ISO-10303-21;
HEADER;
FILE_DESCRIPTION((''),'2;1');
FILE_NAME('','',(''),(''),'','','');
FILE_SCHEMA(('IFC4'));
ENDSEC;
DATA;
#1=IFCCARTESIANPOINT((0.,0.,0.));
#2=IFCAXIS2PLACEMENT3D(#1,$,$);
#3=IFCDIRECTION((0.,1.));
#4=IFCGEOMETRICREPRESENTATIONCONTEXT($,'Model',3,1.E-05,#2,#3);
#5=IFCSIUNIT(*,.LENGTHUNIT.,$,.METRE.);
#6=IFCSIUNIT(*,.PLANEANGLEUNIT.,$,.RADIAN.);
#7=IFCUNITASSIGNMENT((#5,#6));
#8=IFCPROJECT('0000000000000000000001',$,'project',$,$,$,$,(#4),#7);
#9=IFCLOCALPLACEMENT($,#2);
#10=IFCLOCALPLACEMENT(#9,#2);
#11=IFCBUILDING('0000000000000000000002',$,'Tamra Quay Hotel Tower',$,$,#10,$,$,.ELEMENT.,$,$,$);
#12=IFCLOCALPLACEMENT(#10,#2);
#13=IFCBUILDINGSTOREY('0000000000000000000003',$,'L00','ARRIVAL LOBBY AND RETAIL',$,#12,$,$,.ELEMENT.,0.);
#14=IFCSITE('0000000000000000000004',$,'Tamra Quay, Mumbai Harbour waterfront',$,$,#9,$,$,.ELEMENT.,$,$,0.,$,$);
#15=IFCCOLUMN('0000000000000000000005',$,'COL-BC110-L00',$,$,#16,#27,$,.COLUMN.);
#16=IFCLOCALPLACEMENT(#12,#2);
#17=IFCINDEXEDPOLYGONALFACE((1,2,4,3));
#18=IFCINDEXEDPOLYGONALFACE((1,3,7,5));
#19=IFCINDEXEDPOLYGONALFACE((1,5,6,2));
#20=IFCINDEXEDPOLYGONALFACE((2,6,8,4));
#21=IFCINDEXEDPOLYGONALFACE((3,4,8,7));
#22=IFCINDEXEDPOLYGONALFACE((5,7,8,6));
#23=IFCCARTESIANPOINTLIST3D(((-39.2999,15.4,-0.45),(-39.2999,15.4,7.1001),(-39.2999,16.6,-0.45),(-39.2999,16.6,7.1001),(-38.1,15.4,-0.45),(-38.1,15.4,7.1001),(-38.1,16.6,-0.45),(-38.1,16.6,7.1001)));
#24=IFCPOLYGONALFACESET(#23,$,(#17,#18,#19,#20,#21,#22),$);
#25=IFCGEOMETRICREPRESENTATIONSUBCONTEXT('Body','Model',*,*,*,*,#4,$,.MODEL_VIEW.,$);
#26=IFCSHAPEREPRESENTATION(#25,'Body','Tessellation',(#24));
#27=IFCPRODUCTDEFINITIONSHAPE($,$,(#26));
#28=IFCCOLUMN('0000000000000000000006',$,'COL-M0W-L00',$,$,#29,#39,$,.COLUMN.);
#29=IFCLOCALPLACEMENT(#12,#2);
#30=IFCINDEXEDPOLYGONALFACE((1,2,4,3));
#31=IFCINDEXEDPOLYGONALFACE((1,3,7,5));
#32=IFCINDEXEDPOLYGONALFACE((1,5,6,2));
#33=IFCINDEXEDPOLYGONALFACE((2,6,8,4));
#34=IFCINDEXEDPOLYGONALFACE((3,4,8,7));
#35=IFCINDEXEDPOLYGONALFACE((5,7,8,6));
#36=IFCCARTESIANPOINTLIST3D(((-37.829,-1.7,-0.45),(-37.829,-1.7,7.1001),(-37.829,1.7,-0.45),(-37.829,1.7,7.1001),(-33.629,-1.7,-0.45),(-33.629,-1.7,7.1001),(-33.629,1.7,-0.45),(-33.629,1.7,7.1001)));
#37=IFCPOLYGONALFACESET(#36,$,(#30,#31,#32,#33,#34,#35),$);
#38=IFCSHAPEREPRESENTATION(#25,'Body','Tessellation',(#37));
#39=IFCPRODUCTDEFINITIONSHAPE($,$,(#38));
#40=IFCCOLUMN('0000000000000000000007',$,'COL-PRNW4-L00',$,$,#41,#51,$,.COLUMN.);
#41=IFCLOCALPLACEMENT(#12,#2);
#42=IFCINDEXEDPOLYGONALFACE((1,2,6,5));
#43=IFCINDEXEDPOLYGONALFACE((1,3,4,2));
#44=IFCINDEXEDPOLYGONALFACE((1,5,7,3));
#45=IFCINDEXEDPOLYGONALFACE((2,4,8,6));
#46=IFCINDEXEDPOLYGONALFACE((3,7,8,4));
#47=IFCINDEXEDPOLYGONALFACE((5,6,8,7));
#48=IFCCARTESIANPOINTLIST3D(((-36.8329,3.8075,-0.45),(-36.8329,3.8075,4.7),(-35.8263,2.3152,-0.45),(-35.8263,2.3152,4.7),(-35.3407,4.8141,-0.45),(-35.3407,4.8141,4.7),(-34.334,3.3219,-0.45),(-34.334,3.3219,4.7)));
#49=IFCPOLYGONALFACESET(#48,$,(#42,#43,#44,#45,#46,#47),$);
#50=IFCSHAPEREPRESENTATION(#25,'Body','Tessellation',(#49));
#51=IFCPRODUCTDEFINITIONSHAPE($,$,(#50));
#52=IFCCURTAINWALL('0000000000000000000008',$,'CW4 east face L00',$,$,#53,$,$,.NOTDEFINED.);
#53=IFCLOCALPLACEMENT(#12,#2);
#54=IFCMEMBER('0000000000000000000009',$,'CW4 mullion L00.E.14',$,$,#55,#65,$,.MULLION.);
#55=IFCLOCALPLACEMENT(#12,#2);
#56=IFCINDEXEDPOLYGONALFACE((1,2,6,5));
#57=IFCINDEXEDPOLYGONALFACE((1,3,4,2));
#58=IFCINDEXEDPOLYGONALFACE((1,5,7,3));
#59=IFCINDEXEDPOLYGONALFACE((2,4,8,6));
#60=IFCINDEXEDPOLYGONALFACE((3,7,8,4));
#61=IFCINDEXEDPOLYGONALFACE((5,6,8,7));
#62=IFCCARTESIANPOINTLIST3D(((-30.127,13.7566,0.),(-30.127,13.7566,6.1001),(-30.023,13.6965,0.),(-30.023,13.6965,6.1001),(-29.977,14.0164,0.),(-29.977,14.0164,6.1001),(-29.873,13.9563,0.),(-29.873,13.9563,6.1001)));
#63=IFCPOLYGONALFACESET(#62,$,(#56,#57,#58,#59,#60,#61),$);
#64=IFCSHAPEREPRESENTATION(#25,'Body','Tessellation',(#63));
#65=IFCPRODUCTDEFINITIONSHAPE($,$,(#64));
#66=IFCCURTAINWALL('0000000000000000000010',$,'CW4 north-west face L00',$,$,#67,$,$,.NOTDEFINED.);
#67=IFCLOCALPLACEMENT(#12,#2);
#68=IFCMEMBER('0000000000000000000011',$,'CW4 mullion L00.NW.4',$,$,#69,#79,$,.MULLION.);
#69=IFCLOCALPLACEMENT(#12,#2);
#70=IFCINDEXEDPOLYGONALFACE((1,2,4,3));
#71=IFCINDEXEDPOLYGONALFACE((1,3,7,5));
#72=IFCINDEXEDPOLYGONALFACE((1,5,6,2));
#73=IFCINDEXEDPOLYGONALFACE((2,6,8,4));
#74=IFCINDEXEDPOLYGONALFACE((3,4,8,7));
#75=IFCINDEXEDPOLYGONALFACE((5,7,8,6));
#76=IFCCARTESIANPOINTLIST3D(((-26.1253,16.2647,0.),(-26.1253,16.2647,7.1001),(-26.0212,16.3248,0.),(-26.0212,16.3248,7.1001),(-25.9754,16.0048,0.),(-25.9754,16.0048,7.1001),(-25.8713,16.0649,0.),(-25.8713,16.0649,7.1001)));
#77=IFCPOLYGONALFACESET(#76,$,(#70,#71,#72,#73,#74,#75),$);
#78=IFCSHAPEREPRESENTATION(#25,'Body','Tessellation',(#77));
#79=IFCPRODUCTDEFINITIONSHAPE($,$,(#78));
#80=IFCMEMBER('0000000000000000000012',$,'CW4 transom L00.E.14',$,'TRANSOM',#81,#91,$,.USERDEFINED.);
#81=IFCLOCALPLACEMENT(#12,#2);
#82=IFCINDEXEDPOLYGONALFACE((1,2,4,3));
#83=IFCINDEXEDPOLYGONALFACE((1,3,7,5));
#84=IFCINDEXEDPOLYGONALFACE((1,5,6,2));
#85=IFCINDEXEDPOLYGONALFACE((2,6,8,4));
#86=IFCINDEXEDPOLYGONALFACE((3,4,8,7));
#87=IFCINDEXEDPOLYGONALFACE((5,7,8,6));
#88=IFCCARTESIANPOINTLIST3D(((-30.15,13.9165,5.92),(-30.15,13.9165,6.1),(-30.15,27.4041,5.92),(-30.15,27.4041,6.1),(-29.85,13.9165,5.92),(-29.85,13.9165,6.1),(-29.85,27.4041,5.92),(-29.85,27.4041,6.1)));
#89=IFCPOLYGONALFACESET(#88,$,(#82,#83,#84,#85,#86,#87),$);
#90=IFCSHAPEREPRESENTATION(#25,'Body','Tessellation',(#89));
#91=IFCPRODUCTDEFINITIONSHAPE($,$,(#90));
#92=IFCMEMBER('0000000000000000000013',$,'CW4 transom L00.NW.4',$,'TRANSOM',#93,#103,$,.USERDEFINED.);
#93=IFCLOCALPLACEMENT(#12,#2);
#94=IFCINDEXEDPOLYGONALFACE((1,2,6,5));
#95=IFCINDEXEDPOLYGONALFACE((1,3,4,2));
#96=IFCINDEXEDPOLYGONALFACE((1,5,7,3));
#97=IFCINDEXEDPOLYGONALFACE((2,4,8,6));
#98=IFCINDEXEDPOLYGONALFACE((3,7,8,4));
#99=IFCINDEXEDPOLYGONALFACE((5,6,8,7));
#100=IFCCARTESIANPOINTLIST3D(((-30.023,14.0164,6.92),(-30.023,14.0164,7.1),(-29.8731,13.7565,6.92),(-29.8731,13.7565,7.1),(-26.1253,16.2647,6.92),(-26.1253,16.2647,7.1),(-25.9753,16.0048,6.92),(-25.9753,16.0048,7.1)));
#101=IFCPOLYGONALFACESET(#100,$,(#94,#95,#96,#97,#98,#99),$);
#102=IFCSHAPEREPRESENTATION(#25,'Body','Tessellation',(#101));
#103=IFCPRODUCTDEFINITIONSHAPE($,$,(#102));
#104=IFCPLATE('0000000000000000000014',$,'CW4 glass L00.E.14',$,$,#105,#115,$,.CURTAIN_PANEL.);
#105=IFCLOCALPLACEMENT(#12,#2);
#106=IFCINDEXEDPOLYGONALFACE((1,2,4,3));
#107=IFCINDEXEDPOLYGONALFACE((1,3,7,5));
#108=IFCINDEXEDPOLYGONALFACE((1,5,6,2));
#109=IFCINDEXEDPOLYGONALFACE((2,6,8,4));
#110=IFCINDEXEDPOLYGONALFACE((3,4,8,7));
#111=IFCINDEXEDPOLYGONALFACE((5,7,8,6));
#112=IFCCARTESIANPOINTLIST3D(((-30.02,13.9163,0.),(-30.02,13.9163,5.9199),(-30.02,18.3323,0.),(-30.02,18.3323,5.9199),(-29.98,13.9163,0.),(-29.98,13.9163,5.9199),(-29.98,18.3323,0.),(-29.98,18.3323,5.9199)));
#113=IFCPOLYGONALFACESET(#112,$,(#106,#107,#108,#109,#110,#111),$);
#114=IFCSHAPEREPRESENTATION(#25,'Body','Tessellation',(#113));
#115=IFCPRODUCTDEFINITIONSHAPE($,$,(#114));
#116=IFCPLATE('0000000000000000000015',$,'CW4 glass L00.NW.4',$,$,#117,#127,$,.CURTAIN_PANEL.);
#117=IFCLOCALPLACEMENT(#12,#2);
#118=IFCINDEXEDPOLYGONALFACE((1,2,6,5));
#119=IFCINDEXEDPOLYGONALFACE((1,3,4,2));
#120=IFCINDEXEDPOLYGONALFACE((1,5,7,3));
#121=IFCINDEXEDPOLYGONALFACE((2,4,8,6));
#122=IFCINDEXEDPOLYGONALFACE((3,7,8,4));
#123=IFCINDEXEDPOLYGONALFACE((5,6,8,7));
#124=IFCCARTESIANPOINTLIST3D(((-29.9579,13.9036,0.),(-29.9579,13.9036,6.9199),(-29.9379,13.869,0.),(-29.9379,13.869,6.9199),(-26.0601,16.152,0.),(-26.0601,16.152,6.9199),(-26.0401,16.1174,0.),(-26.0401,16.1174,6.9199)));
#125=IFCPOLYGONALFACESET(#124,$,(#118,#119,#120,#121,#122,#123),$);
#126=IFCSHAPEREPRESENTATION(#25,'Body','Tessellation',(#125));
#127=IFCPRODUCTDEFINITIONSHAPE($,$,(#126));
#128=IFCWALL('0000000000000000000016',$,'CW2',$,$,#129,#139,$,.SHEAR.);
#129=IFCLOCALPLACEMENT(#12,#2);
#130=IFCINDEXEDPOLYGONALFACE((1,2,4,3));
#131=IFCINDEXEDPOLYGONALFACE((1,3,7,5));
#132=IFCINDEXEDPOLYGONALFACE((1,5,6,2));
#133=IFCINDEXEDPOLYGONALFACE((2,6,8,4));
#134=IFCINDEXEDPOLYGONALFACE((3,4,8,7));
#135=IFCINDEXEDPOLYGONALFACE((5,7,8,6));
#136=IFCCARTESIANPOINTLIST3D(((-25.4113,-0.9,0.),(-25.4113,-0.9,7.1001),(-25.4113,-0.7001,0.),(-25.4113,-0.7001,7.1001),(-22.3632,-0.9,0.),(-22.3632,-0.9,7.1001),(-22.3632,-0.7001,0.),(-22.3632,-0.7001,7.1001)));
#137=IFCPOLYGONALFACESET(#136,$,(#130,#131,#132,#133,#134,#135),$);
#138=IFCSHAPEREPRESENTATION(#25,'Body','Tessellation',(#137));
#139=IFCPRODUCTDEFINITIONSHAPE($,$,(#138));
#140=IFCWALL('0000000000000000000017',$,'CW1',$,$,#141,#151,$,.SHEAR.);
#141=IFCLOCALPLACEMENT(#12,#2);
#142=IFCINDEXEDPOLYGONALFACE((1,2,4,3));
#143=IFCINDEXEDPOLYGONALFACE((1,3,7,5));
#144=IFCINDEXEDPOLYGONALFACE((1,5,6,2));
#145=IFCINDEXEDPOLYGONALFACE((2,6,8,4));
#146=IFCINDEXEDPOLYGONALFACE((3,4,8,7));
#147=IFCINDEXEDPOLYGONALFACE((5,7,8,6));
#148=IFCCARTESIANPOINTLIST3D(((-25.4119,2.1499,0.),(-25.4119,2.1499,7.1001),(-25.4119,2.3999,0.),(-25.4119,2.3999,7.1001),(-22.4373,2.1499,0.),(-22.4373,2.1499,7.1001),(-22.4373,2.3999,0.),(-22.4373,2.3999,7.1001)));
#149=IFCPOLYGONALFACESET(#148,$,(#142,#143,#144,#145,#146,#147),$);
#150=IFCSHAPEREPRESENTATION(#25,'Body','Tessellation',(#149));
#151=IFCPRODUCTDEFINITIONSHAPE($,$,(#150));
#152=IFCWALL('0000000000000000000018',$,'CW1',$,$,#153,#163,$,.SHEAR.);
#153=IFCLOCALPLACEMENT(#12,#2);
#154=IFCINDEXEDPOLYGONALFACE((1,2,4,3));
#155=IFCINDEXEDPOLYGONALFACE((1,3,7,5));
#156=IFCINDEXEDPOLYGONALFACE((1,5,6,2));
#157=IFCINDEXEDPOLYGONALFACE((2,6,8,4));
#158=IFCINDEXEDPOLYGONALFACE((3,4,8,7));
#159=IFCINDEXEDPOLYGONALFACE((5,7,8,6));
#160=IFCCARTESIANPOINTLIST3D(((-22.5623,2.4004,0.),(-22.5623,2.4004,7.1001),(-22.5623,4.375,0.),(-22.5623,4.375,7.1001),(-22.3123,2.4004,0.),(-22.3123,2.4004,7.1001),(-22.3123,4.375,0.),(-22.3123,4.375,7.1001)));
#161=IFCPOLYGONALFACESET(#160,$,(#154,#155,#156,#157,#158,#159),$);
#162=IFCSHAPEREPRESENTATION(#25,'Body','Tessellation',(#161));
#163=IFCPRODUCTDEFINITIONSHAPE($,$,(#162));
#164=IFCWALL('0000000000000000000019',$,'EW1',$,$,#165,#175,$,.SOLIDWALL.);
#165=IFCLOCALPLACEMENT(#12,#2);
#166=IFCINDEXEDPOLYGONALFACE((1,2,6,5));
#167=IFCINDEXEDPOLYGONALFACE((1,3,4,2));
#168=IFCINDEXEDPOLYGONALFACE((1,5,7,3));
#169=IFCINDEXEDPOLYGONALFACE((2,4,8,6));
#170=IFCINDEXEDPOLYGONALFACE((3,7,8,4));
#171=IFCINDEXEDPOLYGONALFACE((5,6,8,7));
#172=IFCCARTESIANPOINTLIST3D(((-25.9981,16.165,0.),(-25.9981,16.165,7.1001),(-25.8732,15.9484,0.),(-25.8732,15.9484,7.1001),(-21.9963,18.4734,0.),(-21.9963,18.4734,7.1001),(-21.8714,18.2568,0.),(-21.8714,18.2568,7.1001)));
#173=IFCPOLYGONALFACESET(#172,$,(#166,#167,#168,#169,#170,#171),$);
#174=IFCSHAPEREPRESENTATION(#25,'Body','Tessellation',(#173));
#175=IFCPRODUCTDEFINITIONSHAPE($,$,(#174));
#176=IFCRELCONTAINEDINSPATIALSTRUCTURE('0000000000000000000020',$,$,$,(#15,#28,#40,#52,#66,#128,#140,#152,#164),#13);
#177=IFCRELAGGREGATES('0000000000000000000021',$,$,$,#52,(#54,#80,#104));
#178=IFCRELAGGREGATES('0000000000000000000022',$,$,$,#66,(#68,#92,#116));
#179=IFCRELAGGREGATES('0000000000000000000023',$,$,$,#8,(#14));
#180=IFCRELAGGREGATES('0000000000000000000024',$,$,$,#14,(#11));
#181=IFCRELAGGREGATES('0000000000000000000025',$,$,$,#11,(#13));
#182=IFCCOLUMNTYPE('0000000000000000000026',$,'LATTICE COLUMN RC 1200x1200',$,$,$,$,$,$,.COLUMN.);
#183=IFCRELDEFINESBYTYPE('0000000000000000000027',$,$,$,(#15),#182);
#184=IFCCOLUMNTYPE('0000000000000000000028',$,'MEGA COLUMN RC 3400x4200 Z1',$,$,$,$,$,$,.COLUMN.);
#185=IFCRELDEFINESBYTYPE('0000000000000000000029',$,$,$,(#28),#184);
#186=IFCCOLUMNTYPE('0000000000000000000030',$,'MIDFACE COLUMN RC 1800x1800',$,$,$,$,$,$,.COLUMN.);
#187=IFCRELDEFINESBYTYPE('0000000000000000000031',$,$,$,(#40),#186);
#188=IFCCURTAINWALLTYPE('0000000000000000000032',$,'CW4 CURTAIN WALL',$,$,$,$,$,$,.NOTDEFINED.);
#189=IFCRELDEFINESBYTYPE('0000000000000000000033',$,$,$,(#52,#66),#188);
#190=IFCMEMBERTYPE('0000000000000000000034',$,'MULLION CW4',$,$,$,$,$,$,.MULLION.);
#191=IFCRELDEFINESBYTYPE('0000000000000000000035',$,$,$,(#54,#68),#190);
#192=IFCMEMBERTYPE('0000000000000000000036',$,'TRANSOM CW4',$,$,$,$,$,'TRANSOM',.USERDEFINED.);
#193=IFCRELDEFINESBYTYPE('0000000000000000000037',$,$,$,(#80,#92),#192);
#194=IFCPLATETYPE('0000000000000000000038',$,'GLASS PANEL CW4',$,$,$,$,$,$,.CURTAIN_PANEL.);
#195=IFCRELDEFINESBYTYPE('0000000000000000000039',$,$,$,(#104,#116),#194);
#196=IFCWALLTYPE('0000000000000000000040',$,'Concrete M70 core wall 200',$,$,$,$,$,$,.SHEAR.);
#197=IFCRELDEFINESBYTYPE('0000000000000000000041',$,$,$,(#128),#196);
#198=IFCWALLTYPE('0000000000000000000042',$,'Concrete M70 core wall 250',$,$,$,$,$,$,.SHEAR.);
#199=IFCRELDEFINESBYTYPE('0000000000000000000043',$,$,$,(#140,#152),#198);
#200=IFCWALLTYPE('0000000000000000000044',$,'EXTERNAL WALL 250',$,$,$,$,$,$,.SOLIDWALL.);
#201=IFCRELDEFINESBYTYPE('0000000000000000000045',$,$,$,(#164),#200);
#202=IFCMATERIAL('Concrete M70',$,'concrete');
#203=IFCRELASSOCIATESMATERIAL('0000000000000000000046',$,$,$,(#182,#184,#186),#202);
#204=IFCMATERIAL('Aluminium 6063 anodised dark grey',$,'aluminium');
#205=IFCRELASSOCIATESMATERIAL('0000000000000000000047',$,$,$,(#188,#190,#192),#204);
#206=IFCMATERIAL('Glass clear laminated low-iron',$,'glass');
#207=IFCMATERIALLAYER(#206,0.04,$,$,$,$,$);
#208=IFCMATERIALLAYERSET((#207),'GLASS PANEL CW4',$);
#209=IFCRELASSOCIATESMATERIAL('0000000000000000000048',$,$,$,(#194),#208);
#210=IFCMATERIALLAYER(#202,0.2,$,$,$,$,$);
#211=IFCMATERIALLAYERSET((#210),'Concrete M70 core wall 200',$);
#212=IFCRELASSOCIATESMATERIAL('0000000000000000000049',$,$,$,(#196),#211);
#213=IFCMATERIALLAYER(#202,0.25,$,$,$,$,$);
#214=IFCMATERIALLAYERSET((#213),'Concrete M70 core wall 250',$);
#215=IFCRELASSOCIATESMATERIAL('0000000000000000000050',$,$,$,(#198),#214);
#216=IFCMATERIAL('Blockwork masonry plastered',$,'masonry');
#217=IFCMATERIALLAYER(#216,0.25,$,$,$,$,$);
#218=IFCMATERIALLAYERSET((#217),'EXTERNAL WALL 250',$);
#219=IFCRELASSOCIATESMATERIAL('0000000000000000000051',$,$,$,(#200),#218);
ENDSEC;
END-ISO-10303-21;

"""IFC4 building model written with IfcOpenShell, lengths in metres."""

from ifc_helpers import new_model, si_unit, direction, frame, frame_2d, origin, origin_2d, place, context, subcontext, project, spatial, rectangle, extrude, material, layer, layer_set, material_profile, profile_set, type_object, element, aggregate, save


model = new_model("IFC4")

# Units and contexts
model_context = context("Model", 3, precision=1e-05, world=origin(), true_north=direction((0.0, 1.0)))
body_context = subcontext(model_context, "Body", "Model", "MODEL_VIEW")
ifc_project = project(units=[si_unit("LENGTHUNIT", "METRE"), si_unit("PLANEANGLEUNIT", "RADIAN")], contexts=[model_context])

# Site, building, storey
site_placement = place(None, origin())
site = spatial("IfcSite", under=ifc_project, at=site_placement, Name="Tamra Quay, Mumbai Harbour waterfront", CompositionType="ELEMENT", RefElevation=0.0)
building_placement = place(site_placement, origin())
building = spatial("IfcBuilding", under=site, at=building_placement, Name="Tamra Quay Hotel Tower", CompositionType="ELEMENT")
storey_placement = place(building_placement, origin())
storey = spatial("IfcBuildingStorey", under=building, at=storey_placement, Name="L00", Description="ARRIVAL LOBBY AND RETAIL", CompositionType="ELEMENT", Elevation=0.0)

# Columns
ifc_material_1 = material(Name="Concrete M70", Category="concrete")
ifc_material_profile_1 = material_profile(ifc_material_1, rectangle(XDim=1.2, YDim=1.2, at=origin_2d()), Name="LATTICE COLUMN RC 1200x1200")
ifc_profile_set_1 = profile_set([ifc_material_profile_1], Name="Concrete M70")
column_type_1 = type_object("IfcColumnType", Name="LATTICE COLUMN RC 1200x1200", PredefinedType="COLUMN", material=ifc_profile_set_1)
column_1_placement = place(storey_placement, frame((-38.7, 16.0, -0.45), z_axis=(0.0, 0.0, 1.0), x_axis=(1.0, 0.0, 0.0)))
element("IfcColumn", 1, at=column_1_placement, inside=storey, type_object=column_type_1, Name="COL-BC110-L00", PredefinedType="COLUMN", context=body_context, shape_type="SweptSolid", body=[
    extrude(rectangle(XDim=1.2, YDim=1.2, at=origin_2d()), origin(), (0.0, 0.0, 1.0), 7.55),
])
ifc_material_profile_2 = material_profile(ifc_material_1, rectangle(XDim=4.2, YDim=3.3999, at=origin_2d()), Name="MEGA COLUMN RC 3400x4200 Z1")
ifc_profile_set_2 = profile_set([ifc_material_profile_2], Name="Concrete M70")
column_type_2 = type_object("IfcColumnType", Name="MEGA COLUMN RC 3400x4200 Z1", PredefinedType="COLUMN", material=ifc_profile_set_2)
column_2_placement = place(storey_placement, frame((-35.729, 0.0, -0.45), z_axis=(0.0, 0.0, 1.0), x_axis=(1.0, 0.0, 0.0)))
element("IfcColumn", 2, at=column_2_placement, inside=storey, type_object=column_type_2, Name="COL-M0W-L00", PredefinedType="COLUMN", context=body_context, shape_type="SweptSolid", body=[
    extrude(rectangle(XDim=4.2, YDim=3.3999, at=origin_2d()), origin(), (0.0, 0.0, 1.0), 7.55),
])
ifc_material_profile_3 = material_profile(ifc_material_1, rectangle(XDim=1.8, YDim=1.8, at=origin_2d()), Name="MIDFACE COLUMN RC 1800x1800")
ifc_profile_set_3 = profile_set([ifc_material_profile_3], Name="Concrete M70")
column_type_3 = type_object("IfcColumnType", Name="MIDFACE COLUMN RC 1800x1800", PredefinedType="COLUMN", material=ifc_profile_set_3)
column_3_placement = place(storey_placement, frame((-35.5835, 3.5647, -0.45), z_axis=(0.0, 0.0, 1.0), x_axis=(-0.55922, 0.829019, 0.0)))
element("IfcColumn", 3, at=column_3_placement, inside=storey, type_object=column_type_3, Name="COL-PRNW4-L00", PredefinedType="COLUMN", context=body_context, shape_type="SweptSolid", body=[
    extrude(rectangle(XDim=1.8, YDim=1.8, at=origin_2d()), origin(), (0.0, 0.0, 1.0), 5.1499),
])

# Curtain walls, members
ifc_material_2 = material(Name="Aluminium 6063 anodised dark grey", Category="aluminium")
curtain_wall_type = type_object("IfcCurtainWallType", Name="CW4 CURTAIN WALL", PredefinedType="NOTDEFINED", material=ifc_material_2)
curtain_wall_1_placement = place(storey_placement, origin())
curtain_wall_1 = element("IfcCurtainWall", 4, at=curtain_wall_1_placement, inside=storey, type_object=curtain_wall_type, Name="CW4 east face L00", PredefinedType="NOTDEFINED")
ifc_material_profile_4 = material_profile(ifc_material_2, rectangle(XDim=0.3, YDim=0.1201, at=origin_2d()), Name="MULLION 120X300")
ifc_profile_set_4 = profile_set([ifc_material_profile_4], Name="Aluminium 6063 anodised dark grey")
member_type_1 = type_object("IfcMemberType", Name="MULLION CW4", PredefinedType="MULLION", material=ifc_profile_set_4)
member_1_placement = place(storey_placement, frame((-30.0, 13.8564, 0.0), z_axis=(0.0, 0.0, 1.0), x_axis=(0.500164, 0.865931, 0.0)))
member_1 = element("IfcMember", 5, at=member_1_placement, type_object=member_type_1, Name="CW4 mullion L00.E.14", PredefinedType="MULLION", context=body_context, shape_type="SweptSolid", body=[
    extrude(rectangle(XDim=0.3, YDim=0.1201, at=origin_2d()), origin(), (0.0, 0.0, 1.0), 6.1001),
])
curtain_wall_2_placement = place(storey_placement, origin())
curtain_wall_2 = element("IfcCurtainWall", 6, at=curtain_wall_2_placement, inside=storey, type_object=curtain_wall_type, Name="CW4 north-west face L00", PredefinedType="NOTDEFINED")
member_2_placement = place(storey_placement, frame((-25.9983, 16.1648, 0.0), z_axis=(0.0, 0.0, 1.0), x_axis=(-0.499672, 0.866215, 0.0)))
member_2 = element("IfcMember", 7, at=member_2_placement, type_object=member_type_1, Name="CW4 mullion L00.NW.4", PredefinedType="MULLION", context=body_context, shape_type="SweptSolid", body=[
    extrude(rectangle(XDim=0.3, YDim=0.1201, at=origin_2d()), origin(), (0.0, 0.0, 1.0), 7.1001),
])

# Members
ifc_material_profile_5 = material_profile(ifc_material_2, rectangle(XDim=0.3, YDim=0.1799, at=origin_2d()), Name="TRANSOM 300X180")
ifc_profile_set_5 = profile_set([ifc_material_profile_5], Name="Aluminium 6063 anodised dark grey")
member_type_2 = type_object("IfcMemberType", Name="TRANSOM CW4", ElementType="TRANSOM", PredefinedType="USERDEFINED", material=ifc_profile_set_5)
member_3_placement = place(storey_placement, frame((-30.0, 13.9165, 6.01), z_axis=(0.0, 1.0, 0.0), x_axis=(-1.0, 0.0, 0.0)))
member_3 = element("IfcMember", 8, at=member_3_placement, type_object=member_type_2, Name="CW4 transom L00.E.14", ObjectType="TRANSOM", PredefinedType="USERDEFINED", context=body_context, shape_type="SweptSolid", body=[
    extrude(rectangle(XDim=0.3, YDim=0.1799, at=origin_2d()), origin(), (0.0, 0.0, 1.0), 13.4875),
])
member_4_placement = place(storey_placement, frame((-26.0503, 16.1348, 7.01), z_axis=(-0.866223, -0.499658, 0.0), x_axis=(0.499658, -0.866223, 0.0)))
member_4 = element("IfcMember", 9, at=member_4_placement, type_object=member_type_2, Name="CW4 transom L00.NW.4", ObjectType="TRANSOM", PredefinedType="USERDEFINED", context=body_context, shape_type="SweptSolid", body=[
    extrude(rectangle(XDim=0.3, YDim=0.1799, at=origin_2d()), origin(), (0.0, 0.0, 1.0), 4.4998),
])

# Plates
ifc_material_3 = material(Name="Glass clear laminated low-iron", Category="glass")
ifc_layer_1 = layer(ifc_material_3, 0.04)
ifc_layer_set_1 = layer_set([ifc_layer_1], Name="GLASS PANEL CW4")
plate_type = type_object("IfcPlateType", Name="GLASS PANEL CW4", PredefinedType="CURTAIN_PANEL", material=ifc_layer_set_1)
plate_1_placement = place(storey_placement, frame((-30.0, 16.1243, 0.0), z_axis=(0.0, 0.0, 1.0), x_axis=(0.0, 1.0, 0.0)))
plate_1 = element("IfcPlate", 10, at=plate_1_placement, type_object=plate_type, Name="CW4 glass L00.E.14", PredefinedType="CURTAIN_PANEL", context=body_context, shape_type="SweptSolid", body=[
    extrude(rectangle(XDim=4.416, YDim=0.04, at=origin_2d()), origin(), (0.0, 0.0, 1.0), 5.9199),
])
aggregate(curtain_wall_1, [member_1, member_3, plate_1])
plate_2_placement = place(storey_placement, frame((-27.999, 15.0105, 0.0), z_axis=(0.0, 0.0, 1.0), x_axis=(-0.866215, -0.499672, 0.0)))
plate_2 = element("IfcPlate", 11, at=plate_2_placement, type_object=plate_type, Name="CW4 glass L00.NW.4", PredefinedType="CURTAIN_PANEL", context=body_context, shape_type="SweptSolid", body=[
    extrude(rectangle(XDim=4.4998, YDim=0.04, at=origin_2d()), origin(), (0.0, 0.0, 1.0), 6.9199),
])
aggregate(curtain_wall_2, [member_2, member_4, plate_2])

# Walls
ifc_layer_2 = layer(ifc_material_1, 0.2)
ifc_layer_set_2 = layer_set([ifc_layer_2], Name="Concrete M70 core wall 200")
wall_type_1 = type_object("IfcWallType", Name="Concrete M70 core wall 200", PredefinedType="SHEAR", material=ifc_layer_set_2)
wall_1_placement = place(storey_placement, frame((-22.3633, -0.8, 0.0), z_axis=(0.0, 0.0, 1.0), x_axis=(-1.0, 0.0, 0.0)))
element("IfcWall", 12, at=wall_1_placement, inside=storey, type_object=wall_type_1, Name="CW2", PredefinedType="SHEAR", context=body_context, shape_type="SweptSolid", body=[
    extrude(rectangle(XDim=3.0481, YDim=0.2, at=frame_2d((1.5239, 0.0))), origin(), (0.0, 0.0, 1.0), 7.1001),
])
ifc_layer_3 = layer(ifc_material_1, 0.25)
ifc_layer_set_3 = layer_set([ifc_layer_3], Name="Concrete M70 core wall 250")
wall_type_2 = type_object("IfcWallType", Name="Concrete M70 core wall 250", PredefinedType="SHEAR", material=ifc_layer_set_3)
wall_2_placement = place(storey_placement, frame((-25.4119, 2.2749, 0.0), z_axis=(0.0, 0.0, 1.0), x_axis=(1.0, 0.0, 0.0)))
element("IfcWall", 13, at=wall_2_placement, inside=storey, type_object=wall_type_2, Name="CW1", PredefinedType="SHEAR", context=body_context, shape_type="SweptSolid", body=[
    extrude(rectangle(XDim=2.9746, YDim=0.25, at=frame_2d((1.4873, 0.0))), origin(), (0.0, 0.0, 1.0), 7.1001),
])
wall_3_placement = place(storey_placement, frame((-22.4373, 2.4004, 0.0), z_axis=(0.0, 0.0, 1.0), x_axis=(0.0, 1.0, 0.0)))
element("IfcWall", 14, at=wall_3_placement, inside=storey, type_object=wall_type_2, Name="CW1", PredefinedType="SHEAR", context=body_context, shape_type="SweptSolid", body=[
    extrude(rectangle(XDim=1.9746, YDim=0.25, at=frame_2d((0.9873, 0.0))), origin(), (0.0, 0.0, 1.0), 7.1001),
])
ifc_material_4 = material(Name="Blockwork masonry plastered", Category="masonry")
ifc_layer_4 = layer(ifc_material_4, 0.25)
ifc_layer_set_4 = layer_set([ifc_layer_4], Name="EXTERNAL WALL 250")
wall_type_3 = type_object("IfcWallType", Name="EXTERNAL WALL 250", PredefinedType="SOLIDWALL", material=ifc_layer_set_4)
wall_4_placement = place(storey_placement, frame((-25.9358, 16.0566, 0.0), z_axis=(0.0, 0.0, 1.0), x_axis=(0.866216, 0.499669, 0.0)))
element("IfcWall", 15, at=wall_4_placement, inside=storey, type_object=wall_type_3, Name="EW1", PredefinedType="SOLIDWALL", context=body_context, shape_type="SweptSolid", body=[
    extrude(rectangle(XDim=4.6199, YDim=0.25, at=frame_2d((2.3101, 0.0))), origin(), (0.0, 0.0, 1.0), 7.1001),
])

save(model, "model.ifc")
